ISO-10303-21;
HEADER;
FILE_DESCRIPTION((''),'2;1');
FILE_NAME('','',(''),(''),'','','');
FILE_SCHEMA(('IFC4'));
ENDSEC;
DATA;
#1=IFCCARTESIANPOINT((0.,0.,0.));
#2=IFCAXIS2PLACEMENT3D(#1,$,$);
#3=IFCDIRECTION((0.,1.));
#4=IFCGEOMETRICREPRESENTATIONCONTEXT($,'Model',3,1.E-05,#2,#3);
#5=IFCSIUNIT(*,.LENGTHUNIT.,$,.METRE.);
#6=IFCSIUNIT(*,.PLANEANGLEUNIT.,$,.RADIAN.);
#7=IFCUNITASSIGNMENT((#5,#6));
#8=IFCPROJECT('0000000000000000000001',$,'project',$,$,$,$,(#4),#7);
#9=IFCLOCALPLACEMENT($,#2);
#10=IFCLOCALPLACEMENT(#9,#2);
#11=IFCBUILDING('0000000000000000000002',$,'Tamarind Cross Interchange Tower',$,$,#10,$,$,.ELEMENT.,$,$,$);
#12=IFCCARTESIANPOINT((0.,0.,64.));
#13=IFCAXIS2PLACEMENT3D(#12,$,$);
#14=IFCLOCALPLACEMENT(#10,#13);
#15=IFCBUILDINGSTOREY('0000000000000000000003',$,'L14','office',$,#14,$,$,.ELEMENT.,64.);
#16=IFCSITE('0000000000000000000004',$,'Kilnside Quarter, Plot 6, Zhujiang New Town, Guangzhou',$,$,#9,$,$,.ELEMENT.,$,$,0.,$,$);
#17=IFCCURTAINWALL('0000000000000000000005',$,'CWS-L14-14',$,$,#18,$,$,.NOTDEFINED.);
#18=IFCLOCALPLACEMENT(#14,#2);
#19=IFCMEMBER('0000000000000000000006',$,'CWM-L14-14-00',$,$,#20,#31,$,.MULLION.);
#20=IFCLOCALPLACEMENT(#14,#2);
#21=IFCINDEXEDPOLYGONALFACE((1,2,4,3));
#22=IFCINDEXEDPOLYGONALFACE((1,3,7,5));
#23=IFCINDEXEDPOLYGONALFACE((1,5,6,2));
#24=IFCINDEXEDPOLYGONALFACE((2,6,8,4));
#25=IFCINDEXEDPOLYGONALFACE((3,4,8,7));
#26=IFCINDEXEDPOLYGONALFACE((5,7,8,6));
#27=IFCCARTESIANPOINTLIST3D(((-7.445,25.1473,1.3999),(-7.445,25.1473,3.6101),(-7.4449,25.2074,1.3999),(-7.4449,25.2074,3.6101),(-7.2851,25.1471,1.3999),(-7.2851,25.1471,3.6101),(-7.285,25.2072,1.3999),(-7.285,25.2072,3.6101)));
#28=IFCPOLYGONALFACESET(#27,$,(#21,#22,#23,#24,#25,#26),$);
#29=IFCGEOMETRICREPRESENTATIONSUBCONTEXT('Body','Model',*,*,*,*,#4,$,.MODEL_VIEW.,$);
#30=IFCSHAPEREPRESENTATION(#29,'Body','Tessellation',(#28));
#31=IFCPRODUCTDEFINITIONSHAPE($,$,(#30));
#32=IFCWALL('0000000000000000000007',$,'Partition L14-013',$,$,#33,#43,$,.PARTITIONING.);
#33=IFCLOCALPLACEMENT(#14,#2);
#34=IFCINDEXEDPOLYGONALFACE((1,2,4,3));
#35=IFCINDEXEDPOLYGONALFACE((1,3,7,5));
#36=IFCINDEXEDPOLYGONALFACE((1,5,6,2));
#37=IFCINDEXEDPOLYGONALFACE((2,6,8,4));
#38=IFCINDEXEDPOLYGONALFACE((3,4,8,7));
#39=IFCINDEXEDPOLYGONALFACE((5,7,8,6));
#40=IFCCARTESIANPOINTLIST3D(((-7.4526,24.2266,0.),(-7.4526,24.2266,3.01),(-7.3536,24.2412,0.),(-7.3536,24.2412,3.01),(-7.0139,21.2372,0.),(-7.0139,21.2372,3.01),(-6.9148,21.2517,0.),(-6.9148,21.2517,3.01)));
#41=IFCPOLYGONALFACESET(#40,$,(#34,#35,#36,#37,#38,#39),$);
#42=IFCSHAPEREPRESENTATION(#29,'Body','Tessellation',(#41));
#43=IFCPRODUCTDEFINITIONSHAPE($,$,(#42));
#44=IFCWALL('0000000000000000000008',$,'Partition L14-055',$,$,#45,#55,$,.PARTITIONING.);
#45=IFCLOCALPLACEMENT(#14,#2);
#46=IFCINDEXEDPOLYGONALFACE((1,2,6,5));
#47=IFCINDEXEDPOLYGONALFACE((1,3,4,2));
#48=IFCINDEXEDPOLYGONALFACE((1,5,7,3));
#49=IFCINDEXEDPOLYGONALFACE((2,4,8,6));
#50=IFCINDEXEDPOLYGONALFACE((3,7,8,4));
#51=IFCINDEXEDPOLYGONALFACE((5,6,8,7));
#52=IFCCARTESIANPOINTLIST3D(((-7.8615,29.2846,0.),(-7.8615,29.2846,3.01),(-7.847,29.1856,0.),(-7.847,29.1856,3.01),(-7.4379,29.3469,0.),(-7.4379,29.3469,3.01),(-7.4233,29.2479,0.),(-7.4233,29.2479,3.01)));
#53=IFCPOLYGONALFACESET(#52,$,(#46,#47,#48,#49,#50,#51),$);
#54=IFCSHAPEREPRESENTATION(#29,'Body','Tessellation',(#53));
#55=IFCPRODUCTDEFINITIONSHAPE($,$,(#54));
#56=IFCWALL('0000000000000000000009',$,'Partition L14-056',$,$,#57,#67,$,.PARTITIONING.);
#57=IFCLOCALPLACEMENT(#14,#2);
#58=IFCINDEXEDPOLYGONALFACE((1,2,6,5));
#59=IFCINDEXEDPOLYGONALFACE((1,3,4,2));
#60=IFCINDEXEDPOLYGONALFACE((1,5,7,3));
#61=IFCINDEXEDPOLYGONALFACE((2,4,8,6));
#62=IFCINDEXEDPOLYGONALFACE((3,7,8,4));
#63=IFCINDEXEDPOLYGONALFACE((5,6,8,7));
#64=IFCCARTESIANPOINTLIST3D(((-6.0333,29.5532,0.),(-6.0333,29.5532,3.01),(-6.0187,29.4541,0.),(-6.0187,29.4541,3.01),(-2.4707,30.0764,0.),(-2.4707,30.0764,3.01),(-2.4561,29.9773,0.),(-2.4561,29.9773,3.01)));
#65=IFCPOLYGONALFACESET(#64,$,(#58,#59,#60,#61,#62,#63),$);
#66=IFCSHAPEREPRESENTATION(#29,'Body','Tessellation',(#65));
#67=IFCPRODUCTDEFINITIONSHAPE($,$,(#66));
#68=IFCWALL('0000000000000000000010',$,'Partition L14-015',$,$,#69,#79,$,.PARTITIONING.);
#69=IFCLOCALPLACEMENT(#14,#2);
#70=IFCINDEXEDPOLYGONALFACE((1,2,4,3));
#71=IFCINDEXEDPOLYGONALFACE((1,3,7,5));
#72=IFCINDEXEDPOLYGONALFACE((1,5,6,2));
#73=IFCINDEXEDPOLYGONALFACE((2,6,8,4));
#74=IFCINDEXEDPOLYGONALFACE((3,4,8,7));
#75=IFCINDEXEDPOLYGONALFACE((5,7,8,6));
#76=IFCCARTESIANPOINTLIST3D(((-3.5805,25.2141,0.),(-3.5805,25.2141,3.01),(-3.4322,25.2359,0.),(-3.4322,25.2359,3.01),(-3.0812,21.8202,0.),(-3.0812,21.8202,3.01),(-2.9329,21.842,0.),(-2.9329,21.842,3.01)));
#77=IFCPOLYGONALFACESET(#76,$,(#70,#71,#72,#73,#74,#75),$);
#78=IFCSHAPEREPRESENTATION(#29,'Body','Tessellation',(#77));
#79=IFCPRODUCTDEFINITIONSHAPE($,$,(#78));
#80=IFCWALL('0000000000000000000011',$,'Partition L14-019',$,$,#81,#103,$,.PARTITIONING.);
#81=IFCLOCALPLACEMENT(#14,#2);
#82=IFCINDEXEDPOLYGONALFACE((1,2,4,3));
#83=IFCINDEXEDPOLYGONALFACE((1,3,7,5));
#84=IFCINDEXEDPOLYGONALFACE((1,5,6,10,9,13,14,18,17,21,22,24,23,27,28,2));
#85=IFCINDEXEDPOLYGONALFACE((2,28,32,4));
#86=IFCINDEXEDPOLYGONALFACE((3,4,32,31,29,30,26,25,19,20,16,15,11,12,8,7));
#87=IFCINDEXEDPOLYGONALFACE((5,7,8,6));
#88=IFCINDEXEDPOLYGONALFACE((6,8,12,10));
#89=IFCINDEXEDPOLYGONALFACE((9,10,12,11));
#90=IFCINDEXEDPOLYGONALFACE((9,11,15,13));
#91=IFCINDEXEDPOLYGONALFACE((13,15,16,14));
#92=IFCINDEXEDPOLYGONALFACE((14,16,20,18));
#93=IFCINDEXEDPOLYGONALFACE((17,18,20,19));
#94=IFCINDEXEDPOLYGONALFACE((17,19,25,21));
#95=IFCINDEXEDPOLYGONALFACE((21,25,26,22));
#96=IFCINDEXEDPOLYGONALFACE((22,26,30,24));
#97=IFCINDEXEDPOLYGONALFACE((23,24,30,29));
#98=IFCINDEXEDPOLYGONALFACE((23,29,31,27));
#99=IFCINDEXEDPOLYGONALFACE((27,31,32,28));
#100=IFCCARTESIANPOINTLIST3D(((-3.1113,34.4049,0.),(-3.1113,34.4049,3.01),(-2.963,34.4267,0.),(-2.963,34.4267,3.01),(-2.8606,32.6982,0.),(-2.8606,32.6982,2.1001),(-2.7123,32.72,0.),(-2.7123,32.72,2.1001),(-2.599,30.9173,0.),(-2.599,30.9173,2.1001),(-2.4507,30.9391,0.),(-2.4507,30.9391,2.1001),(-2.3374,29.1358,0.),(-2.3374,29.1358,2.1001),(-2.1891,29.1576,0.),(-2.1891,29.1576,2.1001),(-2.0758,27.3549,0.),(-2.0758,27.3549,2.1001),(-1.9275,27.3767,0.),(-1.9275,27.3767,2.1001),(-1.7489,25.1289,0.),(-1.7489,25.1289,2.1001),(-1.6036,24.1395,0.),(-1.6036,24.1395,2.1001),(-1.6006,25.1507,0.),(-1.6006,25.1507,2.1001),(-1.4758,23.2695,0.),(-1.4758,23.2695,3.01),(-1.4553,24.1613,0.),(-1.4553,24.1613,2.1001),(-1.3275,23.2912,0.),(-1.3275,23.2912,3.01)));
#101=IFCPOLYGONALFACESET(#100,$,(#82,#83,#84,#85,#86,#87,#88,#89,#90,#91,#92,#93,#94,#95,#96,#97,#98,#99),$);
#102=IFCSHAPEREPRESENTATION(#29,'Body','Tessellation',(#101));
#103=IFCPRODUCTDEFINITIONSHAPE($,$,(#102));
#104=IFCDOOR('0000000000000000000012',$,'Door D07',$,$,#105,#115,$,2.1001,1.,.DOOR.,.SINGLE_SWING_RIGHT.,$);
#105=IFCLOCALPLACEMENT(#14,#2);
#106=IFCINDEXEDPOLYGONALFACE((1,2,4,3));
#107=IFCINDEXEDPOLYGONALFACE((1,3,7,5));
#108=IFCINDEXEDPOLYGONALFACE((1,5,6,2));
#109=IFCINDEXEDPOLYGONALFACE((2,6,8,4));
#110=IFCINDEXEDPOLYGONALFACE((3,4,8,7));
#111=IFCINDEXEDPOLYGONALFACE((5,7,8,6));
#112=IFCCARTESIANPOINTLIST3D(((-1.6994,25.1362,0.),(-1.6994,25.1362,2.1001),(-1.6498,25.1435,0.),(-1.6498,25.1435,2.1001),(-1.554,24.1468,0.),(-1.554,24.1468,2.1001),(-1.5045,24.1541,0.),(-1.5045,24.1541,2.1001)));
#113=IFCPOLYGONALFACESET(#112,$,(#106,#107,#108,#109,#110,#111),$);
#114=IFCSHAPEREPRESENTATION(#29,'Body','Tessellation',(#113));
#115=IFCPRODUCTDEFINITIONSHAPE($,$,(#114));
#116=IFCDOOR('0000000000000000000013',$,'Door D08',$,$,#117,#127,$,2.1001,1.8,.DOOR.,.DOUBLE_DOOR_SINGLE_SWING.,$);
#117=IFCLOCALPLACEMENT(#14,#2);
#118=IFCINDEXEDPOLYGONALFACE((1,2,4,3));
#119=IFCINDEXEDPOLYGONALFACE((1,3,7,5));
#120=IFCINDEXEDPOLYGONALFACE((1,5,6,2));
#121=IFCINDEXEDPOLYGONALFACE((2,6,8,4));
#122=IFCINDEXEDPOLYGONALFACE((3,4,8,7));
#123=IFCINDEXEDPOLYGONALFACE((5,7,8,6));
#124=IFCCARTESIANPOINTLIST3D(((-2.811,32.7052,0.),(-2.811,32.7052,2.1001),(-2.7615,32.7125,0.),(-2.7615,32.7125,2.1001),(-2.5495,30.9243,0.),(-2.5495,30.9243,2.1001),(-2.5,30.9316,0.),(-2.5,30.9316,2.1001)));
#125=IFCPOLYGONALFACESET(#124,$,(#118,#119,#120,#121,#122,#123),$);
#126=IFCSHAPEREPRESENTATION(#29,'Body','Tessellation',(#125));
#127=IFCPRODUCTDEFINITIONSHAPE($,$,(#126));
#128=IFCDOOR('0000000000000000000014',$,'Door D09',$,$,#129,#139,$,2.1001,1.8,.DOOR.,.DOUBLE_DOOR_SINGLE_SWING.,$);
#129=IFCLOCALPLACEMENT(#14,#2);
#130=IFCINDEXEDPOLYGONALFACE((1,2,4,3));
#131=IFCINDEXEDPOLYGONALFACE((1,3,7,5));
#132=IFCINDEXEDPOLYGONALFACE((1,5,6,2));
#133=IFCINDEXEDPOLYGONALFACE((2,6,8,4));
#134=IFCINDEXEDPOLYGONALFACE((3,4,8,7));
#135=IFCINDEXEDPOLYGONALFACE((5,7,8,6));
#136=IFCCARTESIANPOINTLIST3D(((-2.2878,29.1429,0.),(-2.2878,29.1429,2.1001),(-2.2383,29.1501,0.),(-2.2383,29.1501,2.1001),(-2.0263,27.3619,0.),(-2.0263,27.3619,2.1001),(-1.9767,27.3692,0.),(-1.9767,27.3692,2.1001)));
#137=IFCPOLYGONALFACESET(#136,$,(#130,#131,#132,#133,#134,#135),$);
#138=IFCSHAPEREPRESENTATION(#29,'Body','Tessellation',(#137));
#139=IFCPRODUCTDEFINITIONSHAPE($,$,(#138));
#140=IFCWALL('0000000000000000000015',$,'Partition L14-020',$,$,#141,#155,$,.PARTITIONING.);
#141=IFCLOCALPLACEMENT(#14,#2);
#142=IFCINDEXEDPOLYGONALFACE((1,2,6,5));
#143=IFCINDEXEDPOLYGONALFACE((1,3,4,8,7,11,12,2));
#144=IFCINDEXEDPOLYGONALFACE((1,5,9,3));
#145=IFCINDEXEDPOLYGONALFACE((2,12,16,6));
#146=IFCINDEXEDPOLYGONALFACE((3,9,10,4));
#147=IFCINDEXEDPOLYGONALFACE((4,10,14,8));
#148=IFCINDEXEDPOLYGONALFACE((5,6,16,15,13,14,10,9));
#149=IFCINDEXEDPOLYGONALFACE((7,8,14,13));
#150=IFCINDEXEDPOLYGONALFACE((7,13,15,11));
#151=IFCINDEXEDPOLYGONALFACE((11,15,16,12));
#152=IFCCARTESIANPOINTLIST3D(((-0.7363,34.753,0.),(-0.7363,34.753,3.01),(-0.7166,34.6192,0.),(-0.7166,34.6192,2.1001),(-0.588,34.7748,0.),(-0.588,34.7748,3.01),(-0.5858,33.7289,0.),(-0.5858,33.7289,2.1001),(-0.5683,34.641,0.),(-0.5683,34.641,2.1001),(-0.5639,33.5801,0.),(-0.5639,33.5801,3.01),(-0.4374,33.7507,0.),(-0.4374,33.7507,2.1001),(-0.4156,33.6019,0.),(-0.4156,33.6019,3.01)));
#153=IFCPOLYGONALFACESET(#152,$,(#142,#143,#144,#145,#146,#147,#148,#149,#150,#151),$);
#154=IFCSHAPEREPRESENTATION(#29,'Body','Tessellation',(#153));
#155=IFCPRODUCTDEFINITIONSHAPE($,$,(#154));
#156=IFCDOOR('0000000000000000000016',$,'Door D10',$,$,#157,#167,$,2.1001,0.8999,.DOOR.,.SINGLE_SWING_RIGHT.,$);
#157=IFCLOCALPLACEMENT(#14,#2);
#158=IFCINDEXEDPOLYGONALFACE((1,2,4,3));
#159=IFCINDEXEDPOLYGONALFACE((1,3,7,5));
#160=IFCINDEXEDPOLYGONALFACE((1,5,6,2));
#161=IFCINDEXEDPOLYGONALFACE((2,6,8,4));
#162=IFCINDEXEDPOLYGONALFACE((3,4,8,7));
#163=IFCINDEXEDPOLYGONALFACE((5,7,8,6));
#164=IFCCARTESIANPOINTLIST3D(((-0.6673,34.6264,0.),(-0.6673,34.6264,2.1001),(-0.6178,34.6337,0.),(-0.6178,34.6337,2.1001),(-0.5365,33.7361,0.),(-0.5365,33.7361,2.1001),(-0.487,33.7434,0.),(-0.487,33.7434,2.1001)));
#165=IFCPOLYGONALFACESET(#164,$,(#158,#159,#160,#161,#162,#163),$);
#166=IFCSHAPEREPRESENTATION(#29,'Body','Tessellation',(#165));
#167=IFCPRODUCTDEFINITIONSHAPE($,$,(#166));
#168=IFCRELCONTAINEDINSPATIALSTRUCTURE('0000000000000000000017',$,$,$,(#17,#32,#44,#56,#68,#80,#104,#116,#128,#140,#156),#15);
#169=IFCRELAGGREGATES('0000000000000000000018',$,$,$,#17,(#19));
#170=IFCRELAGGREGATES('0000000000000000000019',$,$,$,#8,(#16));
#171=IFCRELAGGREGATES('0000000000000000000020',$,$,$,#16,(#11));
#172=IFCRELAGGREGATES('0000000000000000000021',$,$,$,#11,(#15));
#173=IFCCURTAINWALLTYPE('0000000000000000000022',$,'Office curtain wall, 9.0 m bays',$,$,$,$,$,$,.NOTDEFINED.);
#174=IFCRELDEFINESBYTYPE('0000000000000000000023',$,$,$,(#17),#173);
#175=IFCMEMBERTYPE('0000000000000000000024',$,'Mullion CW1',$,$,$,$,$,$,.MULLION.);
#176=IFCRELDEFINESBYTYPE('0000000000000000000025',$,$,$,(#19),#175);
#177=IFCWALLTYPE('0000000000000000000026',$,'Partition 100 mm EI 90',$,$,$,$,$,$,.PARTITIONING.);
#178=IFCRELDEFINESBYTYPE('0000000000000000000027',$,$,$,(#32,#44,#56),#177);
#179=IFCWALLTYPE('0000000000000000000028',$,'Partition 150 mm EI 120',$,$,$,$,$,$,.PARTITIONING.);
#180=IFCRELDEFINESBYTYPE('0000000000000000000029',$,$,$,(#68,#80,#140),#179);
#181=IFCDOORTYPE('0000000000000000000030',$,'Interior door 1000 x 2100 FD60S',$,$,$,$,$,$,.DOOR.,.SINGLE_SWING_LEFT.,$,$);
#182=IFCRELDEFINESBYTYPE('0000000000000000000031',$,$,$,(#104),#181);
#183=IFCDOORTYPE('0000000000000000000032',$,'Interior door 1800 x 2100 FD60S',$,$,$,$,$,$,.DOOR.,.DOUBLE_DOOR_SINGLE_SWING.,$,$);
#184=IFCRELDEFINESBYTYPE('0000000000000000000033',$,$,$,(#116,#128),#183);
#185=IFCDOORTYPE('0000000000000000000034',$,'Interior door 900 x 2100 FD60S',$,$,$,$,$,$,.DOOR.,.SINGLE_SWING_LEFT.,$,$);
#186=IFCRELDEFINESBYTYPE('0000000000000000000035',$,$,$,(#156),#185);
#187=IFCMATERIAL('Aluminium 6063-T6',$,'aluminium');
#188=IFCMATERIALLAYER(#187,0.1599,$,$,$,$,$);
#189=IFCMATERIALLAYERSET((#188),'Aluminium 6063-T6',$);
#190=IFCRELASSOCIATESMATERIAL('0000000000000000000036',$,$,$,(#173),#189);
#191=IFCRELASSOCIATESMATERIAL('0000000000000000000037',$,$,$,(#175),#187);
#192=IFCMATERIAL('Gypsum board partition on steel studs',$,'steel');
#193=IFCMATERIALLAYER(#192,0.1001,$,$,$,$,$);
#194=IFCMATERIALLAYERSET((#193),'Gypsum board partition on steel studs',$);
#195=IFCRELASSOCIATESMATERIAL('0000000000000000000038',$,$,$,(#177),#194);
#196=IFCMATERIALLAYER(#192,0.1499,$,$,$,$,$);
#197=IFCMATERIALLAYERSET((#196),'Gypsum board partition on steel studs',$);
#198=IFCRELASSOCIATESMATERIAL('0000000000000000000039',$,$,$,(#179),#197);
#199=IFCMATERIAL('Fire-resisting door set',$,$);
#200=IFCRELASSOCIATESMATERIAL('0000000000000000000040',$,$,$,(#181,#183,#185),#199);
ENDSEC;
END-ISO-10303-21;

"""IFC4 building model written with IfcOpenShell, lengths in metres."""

from ifc_helpers import new_model, si_unit, direction, frame, frame_2d, origin, origin_2d, place, context, subcontext, project, spatial, rectangle, extrude, material, layer, layer_set, material_profile, profile_set, type_object, element, fill, aggregate, save


model = new_model("IFC4")

# Units and contexts
model_context = context("Model", 3, precision=1e-05, world=origin(), true_north=direction((0.0, 1.0)))
body_context = subcontext(model_context, "Body", "Model", "MODEL_VIEW")
ifc_project = project(units=[si_unit("LENGTHUNIT", "METRE"), si_unit("PLANEANGLEUNIT", "RADIAN")], contexts=[model_context])

# Site, building, storey
site_placement = place(None, origin())
site = spatial("IfcSite", under=ifc_project, at=site_placement, Name="Kilnside Quarter, Plot 6, Zhujiang New Town, Guangzhou", CompositionType="ELEMENT", RefElevation=0.0)
building_placement = place(site_placement, origin())
building = spatial("IfcBuilding", under=site, at=building_placement, Name="Tamarind Cross Interchange Tower", CompositionType="ELEMENT")
storey_placement = place(building_placement, frame((0.0, 0.0, 64.0)))
storey = spatial("IfcBuildingStorey", under=building, at=storey_placement, Name="L14", Description="office", CompositionType="ELEMENT", Elevation=64.0)

# Curtain wall, member
ifc_material_1 = material(Name="Aluminium 6063-T6", Category="aluminium")
ifc_layer_1 = layer(ifc_material_1, 0.1599)
ifc_layer_set_1 = layer_set([ifc_layer_1], Name="Aluminium 6063-T6")
curtain_wall_type = type_object("IfcCurtainWallType", Name="Office curtain wall, 9.0 m bays", PredefinedType="NOTDEFINED", material=ifc_layer_set_1)
ifc_material_profile_1 = material_profile(ifc_material_1, rectangle(XDim=0.0601, YDim=0.1599, at=origin_2d()), Name="Mullion CW1")
ifc_profile_set_1 = profile_set([ifc_material_profile_1], Name="Aluminium 6063-T6")
member_type = type_object("IfcMemberType", Name="Mullion CW1", PredefinedType="MULLION", material=ifc_profile_set_1)
curtain_wall_1_placement = place(storey_placement, origin())
curtain_wall_1 = element("IfcCurtainWall", 1, at=curtain_wall_1_placement, inside=storey, type_object=curtain_wall_type, Name="CWS-L14-14", PredefinedType="NOTDEFINED")
member_1_placement = place(storey_placement, frame((-7.365, 25.1772, 1.3999), z_axis=(0.0, 0.0, 1.0), x_axis=(-0.000957, -1.0, 0.0)))
member_1 = element("IfcMember", 2, at=member_1_placement, type_object=member_type, Name="CWM-L14-14-00", PredefinedType="MULLION", context=body_context, shape_type="SweptSolid", body=[
    extrude(rectangle(XDim=0.0601, YDim=0.1599, at=origin_2d()), origin(), (0.0, 0.0, 1.0), 2.2102),
])
aggregate(curtain_wall_1, [member_1])

# Walls
ifc_material_2 = material(Name="Gypsum board partition on steel studs", Category="steel")
ifc_layer_2 = layer(ifc_material_2, 0.1001)
ifc_layer_set_2 = layer_set([ifc_layer_2], Name="Gypsum board partition on steel studs")
wall_type_1 = type_object("IfcWallType", Name="Partition 100 mm EI 90", PredefinedType="PARTITIONING", material=ifc_layer_set_2)
wall_1_placement = place(storey_placement, frame((-7.4031, 24.2339, 0.0), z_axis=(0.0, 0.0, 1.0), x_axis=(0.145199, -0.989403, 0.0)))
element("IfcWall", 3, at=wall_1_placement, inside=storey, type_object=wall_type_1, Name="Partition L14-013", PredefinedType="PARTITIONING", context=body_context, shape_type="SweptSolid", body=[
    extrude(rectangle(XDim=3.0215, YDim=0.1001, at=frame_2d((1.5107, 0.0))), origin(), (0.0, 0.0, 1.0), 3.01),
])
wall_2_placement = place(storey_placement, frame((-7.8542, 29.2351, 0.0), z_axis=(0.0, 0.0, 1.0), x_axis=(0.989371, 0.145412, 0.0)))
element("IfcWall", 4, at=wall_2_placement, inside=storey, type_object=wall_type_1, Name="Partition L14-055", PredefinedType="PARTITIONING", context=body_context, shape_type="SweptSolid", body=[
    extrude(rectangle(XDim=0.4282, YDim=0.1001, at=frame_2d((0.2141, 0.0))), origin(), (0.0, 0.0, 1.0), 3.01),
])
wall_3_placement = place(storey_placement, frame((-6.0259, 29.5037, 0.0), z_axis=(0.0, 0.0, 1.0), x_axis=(0.989387, 0.145303, 0.0)))
element("IfcWall", 5, at=wall_3_placement, inside=storey, type_object=wall_type_1, Name="Partition L14-056", PredefinedType="PARTITIONING", context=body_context, shape_type="SweptSolid", body=[
    extrude(rectangle(XDim=3.6008, YDim=0.1001, at=frame_2d((1.8003, 0.0))), origin(), (0.0, 0.0, 1.0), 3.01),
])
ifc_layer_3 = layer(ifc_material_2, 0.1499)
ifc_layer_set_3 = layer_set([ifc_layer_3], Name="Gypsum board partition on steel studs")
wall_type_2 = type_object("IfcWallType", Name="Partition 150 mm EI 120", PredefinedType="PARTITIONING", material=ifc_layer_set_3)
wall_4_placement = place(storey_placement, frame((-3.5063, 25.2251, 0.0), z_axis=(0.0, 0.0, 1.0), x_axis=(0.145545, -0.989352, 0.0)))
element("IfcWall", 6, at=wall_4_placement, inside=storey, type_object=wall_type_2, Name="Partition L14-015", PredefinedType="PARTITIONING", context=body_context, shape_type="SweptSolid", body=[
    extrude(rectangle(XDim=3.4304, YDim=0.1499, at=frame_2d((1.7153, 0.0))), origin(), (0.0, 0.0, 1.0), 3.01),
])

# Wall, openings, doors
wall_5_placement = place(storey_placement, frame((-3.0371, 34.4158, 0.0), z_axis=(0.0, 0.0, 1.0), x_axis=(0.145314, -0.989386, 0.0)))
wall_5 = element("IfcWall", 7, at=wall_5_placement, inside=storey, type_object=wall_type_2, Name="Partition L14-019", PredefinedType="PARTITIONING", context=body_context, shape_type="SweptSolid", body=[
    extrude(rectangle(XDim=11.2549, YDim=0.1499, at=frame_2d((5.6274, 0.0))), origin(), (0.0, 0.0, 1.0), 3.01),
])
opening_1_placement = place(wall_5_placement, frame((9.3755, 0.0, 0.0)))
opening_1 = element("IfcOpeningElement", 8, at=opening_1_placement, cuts=wall_5, PredefinedType="OPENING", context=body_context, shape_type="SweptSolid", body=[
    extrude(rectangle(XDim=1.0, YDim=2.1001, at=frame_2d((0.5, 1.05))), frame((0.0, 0.085, 0.0), z_axis=(0.0, -1.0, 0.0), x_axis=(1.0, 0.0, 0.0)), (0.0, 0.0, 1.0), 0.1699),
])
opening_2_placement = place(wall_5_placement, frame((1.7251, 0.0, 0.0)))
opening_2 = element("IfcOpeningElement", 9, at=opening_2_placement, cuts=wall_5, PredefinedType="OPENING", context=body_context, shape_type="SweptSolid", body=[
    extrude(rectangle(XDim=1.8, YDim=2.1001, at=frame_2d((0.8999, 1.05))), frame((0.0, 0.085, 0.0), z_axis=(0.0, -1.0, 0.0), x_axis=(1.0, 0.0, 0.0)), (0.0, 0.0, 1.0), 0.1699),
])
opening_3_placement = place(wall_5_placement, frame((5.3257, 0.0, 0.0)))
opening_3 = element("IfcOpeningElement", 10, at=opening_3_placement, cuts=wall_5, PredefinedType="OPENING", context=body_context, shape_type="SweptSolid", body=[
    extrude(rectangle(XDim=1.8, YDim=2.1001, at=frame_2d((0.8999, 1.05))), frame((0.0, 0.085, 0.0), z_axis=(0.0, -1.0, 0.0), x_axis=(1.0, 0.0, 0.0)), (0.0, 0.0, 1.0), 0.1699),
])
ifc_material_3 = material(Name="Fire-resisting door set")
door_type_1 = type_object("IfcDoorType", Name="Interior door 1000 x 2100 FD60S", OperationType="SINGLE_SWING_LEFT", PredefinedType="DOOR", material=ifc_material_3)
door_1_placement = place(opening_1_placement, frame((1.0, 0.0, 0.0), z_axis=(0.0, 0.0, 1.0), x_axis=(-1.0, 0.0, 0.0)))
door_1 = element("IfcDoor", 11, at=door_1_placement, inside=storey, type_object=door_type_1, Name="Door D07", OperationType="SINGLE_SWING_RIGHT", OverallHeight=2.1001, OverallWidth=1.0, PredefinedType="DOOR", context=body_context, shape_type="SweptSolid", body=[
    extrude(rectangle(XDim=1.0, YDim=2.1001, at=frame_2d((0.5, 1.05))), frame((0.0, 0.0249, 0.0), z_axis=(0.0, -1.0, 0.0), x_axis=(1.0, 0.0, 0.0)), (0.0, 0.0, 1.0), 0.05),
])
fill(opening_1, door_1)
door_type_2 = type_object("IfcDoorType", Name="Interior door 1800 x 2100 FD60S", OperationType="DOUBLE_DOOR_SINGLE_SWING", PredefinedType="DOOR", material=ifc_material_3)
door_2_placement = place(opening_2_placement, frame((1.8, 0.0, 0.0), z_axis=(0.0, 0.0, 1.0), x_axis=(-1.0, 0.0, 0.0)))
door_2 = element("IfcDoor", 12, at=door_2_placement, inside=storey, type_object=door_type_2, Name="Door D08", OperationType="DOUBLE_DOOR_SINGLE_SWING", OverallHeight=2.1001, OverallWidth=1.8, PredefinedType="DOOR", context=body_context, shape_type="SweptSolid", body=[
    extrude(rectangle(XDim=1.8, YDim=2.1001, at=frame_2d((0.8999, 1.05))), frame((0.0, 0.0249, 0.0), z_axis=(0.0, -1.0, 0.0), x_axis=(1.0, 0.0, 0.0)), (0.0, 0.0, 1.0), 0.05),
])
fill(opening_2, door_2)
door_3_placement = place(opening_3_placement, frame((1.8, 0.0, 0.0), z_axis=(0.0, 0.0, 1.0), x_axis=(-1.0, 0.0, 0.0)))
door_3 = element("IfcDoor", 13, at=door_3_placement, inside=storey, type_object=door_type_2, Name="Door D09", OperationType="DOUBLE_DOOR_SINGLE_SWING", OverallHeight=2.1001, OverallWidth=1.8, PredefinedType="DOOR", context=body_context, shape_type="SweptSolid", body=[
    extrude(rectangle(XDim=1.8, YDim=2.1001, at=frame_2d((0.8999, 1.05))), frame((0.0, 0.0249, 0.0), z_axis=(0.0, -1.0, 0.0), x_axis=(1.0, 0.0, 0.0)), (0.0, 0.0, 1.0), 0.05),
])
fill(opening_3, door_3)

# Wall, opening, door
wall_6_placement = place(storey_placement, frame((-0.6621, 34.7639, 0.0), z_axis=(0.0, 0.0, 1.0), x_axis=(0.145399, -0.989373, 0.0)))
wall_6 = element("IfcWall", 14, at=wall_6_placement, inside=storey, type_object=wall_type_2, Name="Partition L14-020", PredefinedType="PARTITIONING", context=body_context, shape_type="SweptSolid", body=[
    extrude(rectangle(XDim=1.1855, YDim=0.1499, at=frame_2d((0.5928, 0.0))), origin(), (0.0, 0.0, 1.0), 3.01),
])
opening_4_placement = place(wall_6_placement, frame((0.1353, 0.0, 0.0)))
opening_4 = element("IfcOpeningElement", 15, at=opening_4_placement, cuts=wall_6, PredefinedType="OPENING", context=body_context, shape_type="SweptSolid", body=[
    extrude(rectangle(XDim=0.8999, YDim=2.1001, at=frame_2d((0.45, 1.05))), frame((0.0, 0.085, 0.0), z_axis=(0.0, -1.0, 0.0), x_axis=(1.0, 0.0, 0.0)), (0.0, 0.0, 1.0), 0.1699),
])
door_type_3 = type_object("IfcDoorType", Name="Interior door 900 x 2100 FD60S", OperationType="SINGLE_SWING_LEFT", PredefinedType="DOOR", material=ifc_material_3)
door_4_placement = place(opening_4_placement, origin())
door_4 = element("IfcDoor", 16, at=door_4_placement, inside=storey, type_object=door_type_3, Name="Door D10", OperationType="SINGLE_SWING_RIGHT", OverallHeight=2.1001, OverallWidth=0.8999, PredefinedType="DOOR", context=body_context, shape_type="SweptSolid", body=[
    extrude(rectangle(XDim=0.8999, YDim=2.1001, at=frame_2d((0.45, 1.05))), frame((0.0, 0.0249, 0.0), z_axis=(0.0, -1.0, 0.0), x_axis=(1.0, 0.0, 0.0)), (0.0, 0.0, 1.0), 0.05),
])
fill(opening_4, door_4)

save(model, "model.ifc")
